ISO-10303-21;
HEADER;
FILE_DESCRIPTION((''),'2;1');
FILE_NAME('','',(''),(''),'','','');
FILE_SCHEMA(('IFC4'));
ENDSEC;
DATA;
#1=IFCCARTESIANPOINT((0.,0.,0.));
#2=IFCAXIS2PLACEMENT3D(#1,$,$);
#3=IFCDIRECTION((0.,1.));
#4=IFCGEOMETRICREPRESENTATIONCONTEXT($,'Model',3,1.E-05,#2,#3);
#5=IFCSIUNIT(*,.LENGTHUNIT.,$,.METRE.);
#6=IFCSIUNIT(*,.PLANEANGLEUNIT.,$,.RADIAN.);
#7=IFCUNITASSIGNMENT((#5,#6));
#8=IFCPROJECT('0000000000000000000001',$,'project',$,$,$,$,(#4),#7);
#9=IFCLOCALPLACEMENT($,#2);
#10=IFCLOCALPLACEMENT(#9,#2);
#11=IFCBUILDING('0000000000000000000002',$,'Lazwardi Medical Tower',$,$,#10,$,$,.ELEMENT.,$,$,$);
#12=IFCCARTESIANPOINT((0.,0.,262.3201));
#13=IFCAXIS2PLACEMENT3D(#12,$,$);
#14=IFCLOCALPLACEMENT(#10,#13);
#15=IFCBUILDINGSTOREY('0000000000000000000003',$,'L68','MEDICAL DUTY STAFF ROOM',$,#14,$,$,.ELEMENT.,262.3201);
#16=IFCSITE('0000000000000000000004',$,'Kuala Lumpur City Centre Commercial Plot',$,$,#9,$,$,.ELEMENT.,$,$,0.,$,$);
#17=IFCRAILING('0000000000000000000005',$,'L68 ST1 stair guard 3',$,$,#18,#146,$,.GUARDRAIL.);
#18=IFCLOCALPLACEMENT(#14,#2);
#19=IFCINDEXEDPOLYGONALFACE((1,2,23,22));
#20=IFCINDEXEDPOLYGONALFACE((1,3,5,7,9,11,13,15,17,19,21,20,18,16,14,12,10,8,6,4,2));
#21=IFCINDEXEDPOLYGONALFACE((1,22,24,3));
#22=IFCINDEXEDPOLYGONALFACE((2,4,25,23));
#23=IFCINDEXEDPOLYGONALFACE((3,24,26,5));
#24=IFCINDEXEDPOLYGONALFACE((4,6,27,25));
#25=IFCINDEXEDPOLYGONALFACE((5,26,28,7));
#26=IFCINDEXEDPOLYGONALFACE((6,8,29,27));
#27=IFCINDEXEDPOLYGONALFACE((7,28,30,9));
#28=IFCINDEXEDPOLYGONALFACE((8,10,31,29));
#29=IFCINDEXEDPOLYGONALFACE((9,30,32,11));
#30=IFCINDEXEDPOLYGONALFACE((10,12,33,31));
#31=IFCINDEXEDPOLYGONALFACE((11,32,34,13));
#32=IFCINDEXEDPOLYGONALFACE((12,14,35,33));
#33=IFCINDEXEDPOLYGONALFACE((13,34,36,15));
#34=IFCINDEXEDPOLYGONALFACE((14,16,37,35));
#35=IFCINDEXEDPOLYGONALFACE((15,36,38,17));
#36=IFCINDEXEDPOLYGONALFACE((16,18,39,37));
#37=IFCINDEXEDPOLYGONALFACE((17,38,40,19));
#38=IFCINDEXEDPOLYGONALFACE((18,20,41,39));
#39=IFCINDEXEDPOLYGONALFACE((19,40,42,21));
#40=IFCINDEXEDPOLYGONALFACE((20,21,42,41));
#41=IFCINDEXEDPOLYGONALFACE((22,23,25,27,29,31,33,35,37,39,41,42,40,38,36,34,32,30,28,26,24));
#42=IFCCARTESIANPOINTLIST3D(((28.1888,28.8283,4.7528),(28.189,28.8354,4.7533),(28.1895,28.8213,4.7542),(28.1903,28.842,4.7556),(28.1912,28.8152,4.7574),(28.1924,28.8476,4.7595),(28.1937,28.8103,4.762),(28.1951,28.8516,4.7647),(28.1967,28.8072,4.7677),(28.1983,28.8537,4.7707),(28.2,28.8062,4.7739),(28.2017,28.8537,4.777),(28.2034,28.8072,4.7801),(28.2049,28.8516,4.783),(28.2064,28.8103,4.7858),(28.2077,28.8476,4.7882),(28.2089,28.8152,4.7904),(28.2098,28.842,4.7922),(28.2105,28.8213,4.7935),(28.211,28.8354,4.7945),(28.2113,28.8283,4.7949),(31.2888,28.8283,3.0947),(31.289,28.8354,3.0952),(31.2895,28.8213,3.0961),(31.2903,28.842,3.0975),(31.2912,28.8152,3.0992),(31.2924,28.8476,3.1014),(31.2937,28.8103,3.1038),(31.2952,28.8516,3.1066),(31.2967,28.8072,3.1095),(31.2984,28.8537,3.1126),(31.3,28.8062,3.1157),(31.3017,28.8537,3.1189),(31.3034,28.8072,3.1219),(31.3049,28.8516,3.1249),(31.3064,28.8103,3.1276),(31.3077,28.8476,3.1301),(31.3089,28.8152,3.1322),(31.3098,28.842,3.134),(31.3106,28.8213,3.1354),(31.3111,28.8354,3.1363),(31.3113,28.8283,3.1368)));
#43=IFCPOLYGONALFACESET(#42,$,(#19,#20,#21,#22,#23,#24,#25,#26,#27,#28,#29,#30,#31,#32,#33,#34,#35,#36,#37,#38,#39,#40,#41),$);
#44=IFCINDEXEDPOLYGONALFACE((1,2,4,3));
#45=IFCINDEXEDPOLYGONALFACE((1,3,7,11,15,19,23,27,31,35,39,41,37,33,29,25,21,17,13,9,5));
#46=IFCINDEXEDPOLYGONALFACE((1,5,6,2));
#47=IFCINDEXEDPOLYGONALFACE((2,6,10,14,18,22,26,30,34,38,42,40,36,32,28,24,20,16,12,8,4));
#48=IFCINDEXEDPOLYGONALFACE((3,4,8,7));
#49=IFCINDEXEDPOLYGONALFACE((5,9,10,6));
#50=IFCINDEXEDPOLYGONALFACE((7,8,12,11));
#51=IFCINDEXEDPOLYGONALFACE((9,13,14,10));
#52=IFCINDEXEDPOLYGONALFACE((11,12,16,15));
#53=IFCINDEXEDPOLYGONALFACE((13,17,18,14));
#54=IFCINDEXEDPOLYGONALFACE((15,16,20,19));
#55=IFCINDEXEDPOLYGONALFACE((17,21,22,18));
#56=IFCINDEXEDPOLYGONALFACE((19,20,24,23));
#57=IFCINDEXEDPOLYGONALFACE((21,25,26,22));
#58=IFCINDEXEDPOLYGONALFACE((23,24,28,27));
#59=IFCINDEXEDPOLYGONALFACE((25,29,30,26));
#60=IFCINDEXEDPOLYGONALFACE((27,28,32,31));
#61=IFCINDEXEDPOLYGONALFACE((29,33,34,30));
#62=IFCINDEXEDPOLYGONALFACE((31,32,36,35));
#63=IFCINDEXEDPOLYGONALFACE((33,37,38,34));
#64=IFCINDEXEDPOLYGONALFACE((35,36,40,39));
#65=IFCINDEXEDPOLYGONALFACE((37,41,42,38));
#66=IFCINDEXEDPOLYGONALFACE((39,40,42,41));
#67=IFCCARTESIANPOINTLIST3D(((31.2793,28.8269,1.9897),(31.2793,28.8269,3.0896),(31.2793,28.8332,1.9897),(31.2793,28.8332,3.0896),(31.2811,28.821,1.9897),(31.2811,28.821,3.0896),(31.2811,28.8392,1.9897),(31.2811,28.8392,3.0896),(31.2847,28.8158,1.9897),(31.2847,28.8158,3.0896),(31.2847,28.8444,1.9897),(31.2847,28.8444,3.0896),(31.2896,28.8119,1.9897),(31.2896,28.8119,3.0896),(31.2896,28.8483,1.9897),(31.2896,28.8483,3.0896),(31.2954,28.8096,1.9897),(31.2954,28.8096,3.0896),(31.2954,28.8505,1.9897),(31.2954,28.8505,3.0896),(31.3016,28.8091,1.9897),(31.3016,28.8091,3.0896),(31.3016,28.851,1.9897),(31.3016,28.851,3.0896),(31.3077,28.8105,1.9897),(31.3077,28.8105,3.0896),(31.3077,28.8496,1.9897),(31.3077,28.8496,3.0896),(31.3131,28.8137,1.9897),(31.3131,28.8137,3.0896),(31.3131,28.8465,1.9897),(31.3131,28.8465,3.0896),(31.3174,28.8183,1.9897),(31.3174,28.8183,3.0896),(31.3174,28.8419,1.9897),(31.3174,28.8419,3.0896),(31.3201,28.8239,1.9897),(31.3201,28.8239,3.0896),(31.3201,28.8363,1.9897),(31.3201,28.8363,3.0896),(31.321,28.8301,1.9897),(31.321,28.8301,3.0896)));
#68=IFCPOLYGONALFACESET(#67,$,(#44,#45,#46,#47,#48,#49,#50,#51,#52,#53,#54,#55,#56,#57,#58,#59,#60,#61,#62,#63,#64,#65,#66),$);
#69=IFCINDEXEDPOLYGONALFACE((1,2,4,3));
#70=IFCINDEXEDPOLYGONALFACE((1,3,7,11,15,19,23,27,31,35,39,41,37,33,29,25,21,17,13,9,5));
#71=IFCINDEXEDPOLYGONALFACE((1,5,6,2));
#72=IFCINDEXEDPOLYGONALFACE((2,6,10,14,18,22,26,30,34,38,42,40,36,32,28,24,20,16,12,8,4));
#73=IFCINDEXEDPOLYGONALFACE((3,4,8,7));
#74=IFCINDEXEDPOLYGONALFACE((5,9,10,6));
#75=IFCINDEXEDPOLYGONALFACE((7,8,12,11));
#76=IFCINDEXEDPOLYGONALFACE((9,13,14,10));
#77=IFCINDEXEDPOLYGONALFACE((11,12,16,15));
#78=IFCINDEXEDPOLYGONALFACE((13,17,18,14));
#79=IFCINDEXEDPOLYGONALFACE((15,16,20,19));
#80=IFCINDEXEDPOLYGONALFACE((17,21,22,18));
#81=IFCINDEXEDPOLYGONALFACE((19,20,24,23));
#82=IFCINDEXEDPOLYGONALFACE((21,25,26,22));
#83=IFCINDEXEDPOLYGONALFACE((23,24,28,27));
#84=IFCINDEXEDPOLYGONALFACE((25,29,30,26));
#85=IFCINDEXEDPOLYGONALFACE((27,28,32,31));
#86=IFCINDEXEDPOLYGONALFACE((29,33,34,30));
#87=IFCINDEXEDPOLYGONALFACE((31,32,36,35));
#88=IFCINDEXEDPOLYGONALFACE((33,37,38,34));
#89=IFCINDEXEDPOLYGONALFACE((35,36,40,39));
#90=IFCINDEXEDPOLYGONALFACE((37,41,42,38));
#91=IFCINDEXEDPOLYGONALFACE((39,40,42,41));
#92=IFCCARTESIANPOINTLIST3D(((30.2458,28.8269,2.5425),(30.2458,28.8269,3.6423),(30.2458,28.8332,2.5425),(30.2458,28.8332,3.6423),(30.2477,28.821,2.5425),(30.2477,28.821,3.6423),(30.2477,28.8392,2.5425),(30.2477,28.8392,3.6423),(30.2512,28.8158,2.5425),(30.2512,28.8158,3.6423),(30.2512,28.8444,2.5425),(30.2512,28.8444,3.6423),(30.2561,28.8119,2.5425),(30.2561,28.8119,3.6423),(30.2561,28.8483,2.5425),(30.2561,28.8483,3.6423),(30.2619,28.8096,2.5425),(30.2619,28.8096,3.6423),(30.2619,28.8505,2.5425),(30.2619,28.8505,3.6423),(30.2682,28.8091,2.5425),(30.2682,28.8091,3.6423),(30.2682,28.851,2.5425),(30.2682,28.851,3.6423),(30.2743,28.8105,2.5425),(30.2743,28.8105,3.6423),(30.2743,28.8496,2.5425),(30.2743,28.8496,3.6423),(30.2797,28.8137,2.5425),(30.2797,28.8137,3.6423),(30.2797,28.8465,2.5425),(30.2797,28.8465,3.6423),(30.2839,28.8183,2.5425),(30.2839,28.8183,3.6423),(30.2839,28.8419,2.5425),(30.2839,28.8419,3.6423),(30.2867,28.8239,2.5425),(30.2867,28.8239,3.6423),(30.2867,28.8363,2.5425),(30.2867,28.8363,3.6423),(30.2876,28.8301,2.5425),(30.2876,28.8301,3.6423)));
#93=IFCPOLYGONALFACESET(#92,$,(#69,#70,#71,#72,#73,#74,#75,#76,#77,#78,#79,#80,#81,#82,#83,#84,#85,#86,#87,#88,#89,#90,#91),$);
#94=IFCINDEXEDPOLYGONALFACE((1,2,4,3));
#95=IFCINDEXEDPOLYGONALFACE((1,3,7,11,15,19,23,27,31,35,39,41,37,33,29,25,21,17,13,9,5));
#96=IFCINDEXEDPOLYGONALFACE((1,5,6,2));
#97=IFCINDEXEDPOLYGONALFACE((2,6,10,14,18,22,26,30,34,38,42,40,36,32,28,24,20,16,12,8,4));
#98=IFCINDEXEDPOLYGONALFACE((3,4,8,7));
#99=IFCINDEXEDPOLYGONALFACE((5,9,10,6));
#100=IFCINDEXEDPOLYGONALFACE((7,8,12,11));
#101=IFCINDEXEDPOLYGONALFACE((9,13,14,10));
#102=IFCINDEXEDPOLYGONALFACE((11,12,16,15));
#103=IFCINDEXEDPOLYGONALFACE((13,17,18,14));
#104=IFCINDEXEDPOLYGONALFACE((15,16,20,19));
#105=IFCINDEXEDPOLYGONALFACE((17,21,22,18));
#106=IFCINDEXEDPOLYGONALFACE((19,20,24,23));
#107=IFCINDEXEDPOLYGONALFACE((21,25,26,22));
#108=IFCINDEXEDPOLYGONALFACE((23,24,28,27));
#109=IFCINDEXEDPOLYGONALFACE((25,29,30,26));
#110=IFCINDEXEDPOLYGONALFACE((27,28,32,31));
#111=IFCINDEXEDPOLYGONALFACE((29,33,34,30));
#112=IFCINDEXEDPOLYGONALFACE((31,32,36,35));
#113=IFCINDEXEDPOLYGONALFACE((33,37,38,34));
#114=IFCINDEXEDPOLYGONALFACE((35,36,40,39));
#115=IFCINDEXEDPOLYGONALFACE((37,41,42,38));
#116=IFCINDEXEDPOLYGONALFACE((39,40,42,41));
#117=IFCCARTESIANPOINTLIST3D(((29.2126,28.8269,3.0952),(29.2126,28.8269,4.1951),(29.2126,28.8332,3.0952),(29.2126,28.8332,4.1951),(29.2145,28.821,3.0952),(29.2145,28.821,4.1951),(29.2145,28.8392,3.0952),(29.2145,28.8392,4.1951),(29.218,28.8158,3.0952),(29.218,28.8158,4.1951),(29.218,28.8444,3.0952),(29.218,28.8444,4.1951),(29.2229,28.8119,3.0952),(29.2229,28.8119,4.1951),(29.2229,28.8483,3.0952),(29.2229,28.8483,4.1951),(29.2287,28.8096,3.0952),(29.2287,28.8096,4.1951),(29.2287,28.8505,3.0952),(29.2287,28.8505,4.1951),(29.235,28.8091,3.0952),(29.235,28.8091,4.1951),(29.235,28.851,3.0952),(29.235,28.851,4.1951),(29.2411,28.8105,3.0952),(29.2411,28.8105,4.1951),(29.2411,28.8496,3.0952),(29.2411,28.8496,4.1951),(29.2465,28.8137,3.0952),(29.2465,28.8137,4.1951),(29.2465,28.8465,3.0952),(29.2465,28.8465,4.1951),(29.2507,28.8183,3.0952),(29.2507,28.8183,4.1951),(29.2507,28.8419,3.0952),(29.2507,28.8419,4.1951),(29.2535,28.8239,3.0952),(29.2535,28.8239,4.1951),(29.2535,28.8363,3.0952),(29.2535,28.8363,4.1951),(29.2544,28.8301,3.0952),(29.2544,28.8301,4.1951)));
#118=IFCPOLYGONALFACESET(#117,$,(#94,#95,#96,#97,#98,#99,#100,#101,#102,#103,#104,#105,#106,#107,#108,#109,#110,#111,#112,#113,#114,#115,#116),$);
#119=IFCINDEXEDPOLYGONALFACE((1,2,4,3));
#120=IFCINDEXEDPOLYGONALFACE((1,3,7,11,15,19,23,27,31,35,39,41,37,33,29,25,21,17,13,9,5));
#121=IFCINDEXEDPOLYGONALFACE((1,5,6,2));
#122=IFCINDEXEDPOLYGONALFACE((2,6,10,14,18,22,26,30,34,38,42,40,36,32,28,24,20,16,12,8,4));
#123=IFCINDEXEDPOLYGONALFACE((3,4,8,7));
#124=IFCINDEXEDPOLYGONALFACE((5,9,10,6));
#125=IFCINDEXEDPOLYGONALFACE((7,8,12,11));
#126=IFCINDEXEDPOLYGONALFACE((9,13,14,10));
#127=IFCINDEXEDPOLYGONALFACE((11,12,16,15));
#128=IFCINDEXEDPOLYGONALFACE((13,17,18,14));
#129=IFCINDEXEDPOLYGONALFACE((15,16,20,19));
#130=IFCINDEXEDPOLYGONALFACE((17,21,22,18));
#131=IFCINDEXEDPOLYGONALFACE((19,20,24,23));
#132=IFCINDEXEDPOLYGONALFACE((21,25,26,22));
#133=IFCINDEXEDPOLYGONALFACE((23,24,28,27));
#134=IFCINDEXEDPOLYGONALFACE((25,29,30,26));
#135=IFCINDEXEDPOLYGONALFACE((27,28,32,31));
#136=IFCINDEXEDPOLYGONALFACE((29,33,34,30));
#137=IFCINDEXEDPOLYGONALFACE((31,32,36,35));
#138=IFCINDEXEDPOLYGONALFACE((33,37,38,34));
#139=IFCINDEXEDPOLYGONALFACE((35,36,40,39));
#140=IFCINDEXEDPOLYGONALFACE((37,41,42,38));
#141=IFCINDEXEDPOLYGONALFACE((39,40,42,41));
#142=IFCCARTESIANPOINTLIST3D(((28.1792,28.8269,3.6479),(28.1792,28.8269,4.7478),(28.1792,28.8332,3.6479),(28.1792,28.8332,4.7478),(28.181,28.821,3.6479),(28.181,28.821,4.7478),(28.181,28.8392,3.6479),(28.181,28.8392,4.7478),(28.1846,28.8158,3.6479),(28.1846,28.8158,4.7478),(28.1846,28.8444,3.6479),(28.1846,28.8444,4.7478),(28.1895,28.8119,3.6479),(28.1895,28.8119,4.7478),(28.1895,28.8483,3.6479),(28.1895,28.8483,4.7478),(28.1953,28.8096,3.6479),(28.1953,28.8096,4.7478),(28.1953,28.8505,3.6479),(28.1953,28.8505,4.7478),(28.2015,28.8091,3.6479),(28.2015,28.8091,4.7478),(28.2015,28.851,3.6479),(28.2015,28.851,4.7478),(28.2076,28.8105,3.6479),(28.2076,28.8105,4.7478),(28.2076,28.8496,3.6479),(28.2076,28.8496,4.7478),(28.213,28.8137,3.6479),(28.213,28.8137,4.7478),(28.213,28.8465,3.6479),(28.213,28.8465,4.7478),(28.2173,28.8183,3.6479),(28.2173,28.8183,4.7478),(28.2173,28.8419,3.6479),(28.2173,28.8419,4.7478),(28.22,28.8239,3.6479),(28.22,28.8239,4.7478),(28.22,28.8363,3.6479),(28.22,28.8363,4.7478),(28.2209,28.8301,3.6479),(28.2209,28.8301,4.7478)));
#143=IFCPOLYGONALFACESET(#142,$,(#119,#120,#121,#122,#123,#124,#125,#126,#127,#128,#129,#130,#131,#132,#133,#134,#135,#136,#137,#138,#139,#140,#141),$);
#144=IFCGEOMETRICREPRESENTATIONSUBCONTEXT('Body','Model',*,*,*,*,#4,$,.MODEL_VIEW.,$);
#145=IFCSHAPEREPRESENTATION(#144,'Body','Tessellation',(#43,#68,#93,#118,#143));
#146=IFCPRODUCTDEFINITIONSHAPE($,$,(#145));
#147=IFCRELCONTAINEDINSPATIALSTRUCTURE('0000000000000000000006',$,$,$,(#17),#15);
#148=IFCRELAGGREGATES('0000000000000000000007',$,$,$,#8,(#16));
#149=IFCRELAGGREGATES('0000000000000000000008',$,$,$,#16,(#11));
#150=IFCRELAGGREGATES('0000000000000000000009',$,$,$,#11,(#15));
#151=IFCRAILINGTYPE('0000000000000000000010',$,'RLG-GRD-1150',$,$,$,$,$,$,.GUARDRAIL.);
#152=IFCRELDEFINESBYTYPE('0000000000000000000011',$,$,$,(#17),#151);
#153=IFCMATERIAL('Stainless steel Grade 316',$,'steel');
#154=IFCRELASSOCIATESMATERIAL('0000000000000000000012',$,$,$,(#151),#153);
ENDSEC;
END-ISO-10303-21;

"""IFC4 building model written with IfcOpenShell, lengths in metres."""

from ifc_helpers import new_model, si_unit, direction, frame, origin, origin_2d, place, context, subcontext, project, spatial, circle, extrude, material, type_object, element, save


model = new_model("IFC4")

# Units and contexts
model_context = context("Model", 3, precision=1e-05, world=origin(), true_north=direction((0.0, 1.0)))
body_context = subcontext(model_context, "Body", "Model", "MODEL_VIEW")
ifc_project = project(units=[si_unit("LENGTHUNIT", "METRE"), si_unit("PLANEANGLEUNIT", "RADIAN")], contexts=[model_context])

# Site, building, storey
site_placement = place(None, origin())
site = spatial("IfcSite", under=ifc_project, at=site_placement, Name="Kuala Lumpur City Centre Commercial Plot", CompositionType="ELEMENT", RefElevation=0.0)
building_placement = place(site_placement, origin())
building = spatial("IfcBuilding", under=site, at=building_placement, Name="Lazwardi Medical Tower", CompositionType="ELEMENT")
storey_placement = place(building_placement, frame((0.0, 0.0, 262.3201)))
storey = spatial("IfcBuildingStorey", under=building, at=storey_placement, Name="L68", Description="MEDICAL DUTY STAFF ROOM", CompositionType="ELEMENT", Elevation=262.3201)

# Railing
ifc_material_1 = material(Name="Stainless steel Grade 316", Category="steel")
railing_type_1 = type_object("IfcRailingType", Name="RLG-GRD-1150", PredefinedType="GUARDRAIL", material=ifc_material_1)
railing_1_placement = place(storey_placement, frame((31.3, 28.8301, 1.9897)))
element("IfcRailing", 1, at=railing_1_placement, inside=storey, type_object=railing_type_1, Name="L68 ST1 stair guard 3", PredefinedType="GUARDRAIL", context=body_context, shape_type="SweptSolid", body=[
    extrude(circle(Radius=0.0239, at=origin_2d()), frame((0.0, 0.0, 1.126), z_axis=(-0.881783, 0.0, 0.471655), x_axis=(0.0, -1.0, 0.0)), (0.0, 0.0, 1.0), 3.5156),
    extrude(circle(Radius=0.021, at=origin_2d()), origin(), (0.0, 0.0, 1.0), 1.0999),
    extrude(circle(Radius=0.021, at=origin_2d()), frame((-1.0334, 0.0, 0.5527)), (0.0, 0.0, 1.0), 1.0999),
    extrude(circle(Radius=0.021, at=origin_2d()), frame((-2.0667, 0.0, 1.1055)), (0.0, 0.0, 1.0), 1.0999),
    extrude(circle(Radius=0.021, at=origin_2d()), frame((-3.1001, 0.0, 1.6582)), (0.0, 0.0, 1.0), 1.0999),
])

save(model, "model.ifc")
